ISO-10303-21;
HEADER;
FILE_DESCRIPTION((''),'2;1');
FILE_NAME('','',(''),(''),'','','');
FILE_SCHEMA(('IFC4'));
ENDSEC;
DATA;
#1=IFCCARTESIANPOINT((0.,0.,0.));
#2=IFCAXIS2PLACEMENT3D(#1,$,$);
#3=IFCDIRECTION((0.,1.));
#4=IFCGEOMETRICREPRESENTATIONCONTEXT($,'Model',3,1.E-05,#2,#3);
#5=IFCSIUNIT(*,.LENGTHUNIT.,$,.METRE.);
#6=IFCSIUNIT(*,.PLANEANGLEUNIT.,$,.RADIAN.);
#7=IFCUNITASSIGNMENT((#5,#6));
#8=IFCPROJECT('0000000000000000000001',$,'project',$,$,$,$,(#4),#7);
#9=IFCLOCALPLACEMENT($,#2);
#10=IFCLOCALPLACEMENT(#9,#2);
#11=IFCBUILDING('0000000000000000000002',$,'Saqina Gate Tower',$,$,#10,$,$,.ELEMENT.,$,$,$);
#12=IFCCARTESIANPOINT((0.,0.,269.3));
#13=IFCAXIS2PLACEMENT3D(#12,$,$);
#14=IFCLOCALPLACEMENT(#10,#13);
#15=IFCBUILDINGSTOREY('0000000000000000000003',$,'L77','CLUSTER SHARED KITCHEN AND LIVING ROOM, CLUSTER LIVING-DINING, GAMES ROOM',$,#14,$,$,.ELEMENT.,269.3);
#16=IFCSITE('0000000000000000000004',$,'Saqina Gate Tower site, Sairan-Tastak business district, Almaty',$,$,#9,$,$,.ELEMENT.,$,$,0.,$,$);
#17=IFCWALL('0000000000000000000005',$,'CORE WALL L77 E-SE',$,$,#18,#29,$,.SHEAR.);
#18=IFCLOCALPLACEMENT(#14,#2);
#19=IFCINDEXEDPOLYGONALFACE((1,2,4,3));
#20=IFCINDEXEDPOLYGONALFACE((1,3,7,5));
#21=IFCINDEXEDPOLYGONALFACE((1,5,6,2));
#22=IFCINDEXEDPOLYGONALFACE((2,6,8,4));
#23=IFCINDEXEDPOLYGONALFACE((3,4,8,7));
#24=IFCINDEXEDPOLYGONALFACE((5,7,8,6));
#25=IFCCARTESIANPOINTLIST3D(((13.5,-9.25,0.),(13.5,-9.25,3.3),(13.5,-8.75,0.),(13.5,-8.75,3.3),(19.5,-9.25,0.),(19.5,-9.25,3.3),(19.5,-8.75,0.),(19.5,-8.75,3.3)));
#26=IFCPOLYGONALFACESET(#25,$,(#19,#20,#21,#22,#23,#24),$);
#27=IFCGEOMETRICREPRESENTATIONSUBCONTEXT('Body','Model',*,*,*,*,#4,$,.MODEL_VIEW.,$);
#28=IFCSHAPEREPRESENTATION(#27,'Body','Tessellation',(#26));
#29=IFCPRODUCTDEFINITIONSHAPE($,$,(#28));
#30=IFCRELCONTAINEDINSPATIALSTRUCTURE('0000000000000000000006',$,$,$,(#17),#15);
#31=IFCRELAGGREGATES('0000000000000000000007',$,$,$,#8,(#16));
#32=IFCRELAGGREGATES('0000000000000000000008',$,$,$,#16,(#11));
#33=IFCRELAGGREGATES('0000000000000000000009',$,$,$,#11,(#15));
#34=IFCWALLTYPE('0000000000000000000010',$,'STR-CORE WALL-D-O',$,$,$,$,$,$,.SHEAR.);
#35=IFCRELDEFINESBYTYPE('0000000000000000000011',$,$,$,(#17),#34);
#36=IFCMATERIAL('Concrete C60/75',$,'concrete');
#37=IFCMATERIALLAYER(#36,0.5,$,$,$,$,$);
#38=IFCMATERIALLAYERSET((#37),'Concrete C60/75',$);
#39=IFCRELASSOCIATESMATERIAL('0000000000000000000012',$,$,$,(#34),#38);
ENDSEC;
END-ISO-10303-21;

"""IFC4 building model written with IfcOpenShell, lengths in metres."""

from ifc_helpers import new_model, si_unit, direction, frame, frame_2d, origin, place, context, subcontext, project, spatial, rectangle, extrude, material, layer, layer_set, type_object, element, save


model = new_model("IFC4")

# Units and contexts
model_context = context("Model", 3, precision=1e-05, world=origin(), true_north=direction((0.0, 1.0)))
body_context = subcontext(model_context, "Body", "Model", "MODEL_VIEW")
ifc_project = project(units=[si_unit("LENGTHUNIT", "METRE"), si_unit("PLANEANGLEUNIT", "RADIAN")], contexts=[model_context])

# Site, building, storey
site_placement = place(None, origin())
site = spatial("IfcSite", under=ifc_project, at=site_placement, Name="Saqina Gate Tower site, Sairan-Tastak business district, Almaty", CompositionType="ELEMENT", RefElevation=0.0)
building_placement = place(site_placement, origin())
building = spatial("IfcBuilding", under=site, at=building_placement, Name="Saqina Gate Tower", CompositionType="ELEMENT")
storey_placement = place(building_placement, frame((0.0, 0.0, 269.3)))
storey = spatial("IfcBuildingStorey", under=building, at=storey_placement, Name="L77", Description="CLUSTER SHARED KITCHEN AND LIVING ROOM, CLUSTER LIVING-DINING, GAMES ROOM", CompositionType="ELEMENT", Elevation=269.3)

# Shared definitions
ifc_material_1 = material(Name="Concrete C60/75", Category="concrete")
ifc_layer_1 = layer(ifc_material_1, 0.5)
ifc_layer_set_1 = layer_set([ifc_layer_1], Name="Concrete C60/75")
wall_type_1 = type_object("IfcWallType", Name="STR-CORE WALL-D-O", PredefinedType="SHEAR", material=ifc_layer_set_1)

# Wall
wall_1_placement = place(storey_placement, frame((13.5, -9.0, 0.0), z_axis=(0.0, 0.0, 1.0), x_axis=(1.0, 0.0, 0.0)))
element("IfcWall", 1, at=wall_1_placement, inside=storey, type_object=wall_type_1, Name="CORE WALL L77 E-SE", PredefinedType="SHEAR", context=body_context, shape_type="SweptSolid", body=[
    extrude(rectangle(XDim=6.0, YDim=0.5, at=frame_2d((3.0, 0.0))), origin(), (0.0, 0.0, 1.0), 3.3),
])

save(model, "model.ifc")
